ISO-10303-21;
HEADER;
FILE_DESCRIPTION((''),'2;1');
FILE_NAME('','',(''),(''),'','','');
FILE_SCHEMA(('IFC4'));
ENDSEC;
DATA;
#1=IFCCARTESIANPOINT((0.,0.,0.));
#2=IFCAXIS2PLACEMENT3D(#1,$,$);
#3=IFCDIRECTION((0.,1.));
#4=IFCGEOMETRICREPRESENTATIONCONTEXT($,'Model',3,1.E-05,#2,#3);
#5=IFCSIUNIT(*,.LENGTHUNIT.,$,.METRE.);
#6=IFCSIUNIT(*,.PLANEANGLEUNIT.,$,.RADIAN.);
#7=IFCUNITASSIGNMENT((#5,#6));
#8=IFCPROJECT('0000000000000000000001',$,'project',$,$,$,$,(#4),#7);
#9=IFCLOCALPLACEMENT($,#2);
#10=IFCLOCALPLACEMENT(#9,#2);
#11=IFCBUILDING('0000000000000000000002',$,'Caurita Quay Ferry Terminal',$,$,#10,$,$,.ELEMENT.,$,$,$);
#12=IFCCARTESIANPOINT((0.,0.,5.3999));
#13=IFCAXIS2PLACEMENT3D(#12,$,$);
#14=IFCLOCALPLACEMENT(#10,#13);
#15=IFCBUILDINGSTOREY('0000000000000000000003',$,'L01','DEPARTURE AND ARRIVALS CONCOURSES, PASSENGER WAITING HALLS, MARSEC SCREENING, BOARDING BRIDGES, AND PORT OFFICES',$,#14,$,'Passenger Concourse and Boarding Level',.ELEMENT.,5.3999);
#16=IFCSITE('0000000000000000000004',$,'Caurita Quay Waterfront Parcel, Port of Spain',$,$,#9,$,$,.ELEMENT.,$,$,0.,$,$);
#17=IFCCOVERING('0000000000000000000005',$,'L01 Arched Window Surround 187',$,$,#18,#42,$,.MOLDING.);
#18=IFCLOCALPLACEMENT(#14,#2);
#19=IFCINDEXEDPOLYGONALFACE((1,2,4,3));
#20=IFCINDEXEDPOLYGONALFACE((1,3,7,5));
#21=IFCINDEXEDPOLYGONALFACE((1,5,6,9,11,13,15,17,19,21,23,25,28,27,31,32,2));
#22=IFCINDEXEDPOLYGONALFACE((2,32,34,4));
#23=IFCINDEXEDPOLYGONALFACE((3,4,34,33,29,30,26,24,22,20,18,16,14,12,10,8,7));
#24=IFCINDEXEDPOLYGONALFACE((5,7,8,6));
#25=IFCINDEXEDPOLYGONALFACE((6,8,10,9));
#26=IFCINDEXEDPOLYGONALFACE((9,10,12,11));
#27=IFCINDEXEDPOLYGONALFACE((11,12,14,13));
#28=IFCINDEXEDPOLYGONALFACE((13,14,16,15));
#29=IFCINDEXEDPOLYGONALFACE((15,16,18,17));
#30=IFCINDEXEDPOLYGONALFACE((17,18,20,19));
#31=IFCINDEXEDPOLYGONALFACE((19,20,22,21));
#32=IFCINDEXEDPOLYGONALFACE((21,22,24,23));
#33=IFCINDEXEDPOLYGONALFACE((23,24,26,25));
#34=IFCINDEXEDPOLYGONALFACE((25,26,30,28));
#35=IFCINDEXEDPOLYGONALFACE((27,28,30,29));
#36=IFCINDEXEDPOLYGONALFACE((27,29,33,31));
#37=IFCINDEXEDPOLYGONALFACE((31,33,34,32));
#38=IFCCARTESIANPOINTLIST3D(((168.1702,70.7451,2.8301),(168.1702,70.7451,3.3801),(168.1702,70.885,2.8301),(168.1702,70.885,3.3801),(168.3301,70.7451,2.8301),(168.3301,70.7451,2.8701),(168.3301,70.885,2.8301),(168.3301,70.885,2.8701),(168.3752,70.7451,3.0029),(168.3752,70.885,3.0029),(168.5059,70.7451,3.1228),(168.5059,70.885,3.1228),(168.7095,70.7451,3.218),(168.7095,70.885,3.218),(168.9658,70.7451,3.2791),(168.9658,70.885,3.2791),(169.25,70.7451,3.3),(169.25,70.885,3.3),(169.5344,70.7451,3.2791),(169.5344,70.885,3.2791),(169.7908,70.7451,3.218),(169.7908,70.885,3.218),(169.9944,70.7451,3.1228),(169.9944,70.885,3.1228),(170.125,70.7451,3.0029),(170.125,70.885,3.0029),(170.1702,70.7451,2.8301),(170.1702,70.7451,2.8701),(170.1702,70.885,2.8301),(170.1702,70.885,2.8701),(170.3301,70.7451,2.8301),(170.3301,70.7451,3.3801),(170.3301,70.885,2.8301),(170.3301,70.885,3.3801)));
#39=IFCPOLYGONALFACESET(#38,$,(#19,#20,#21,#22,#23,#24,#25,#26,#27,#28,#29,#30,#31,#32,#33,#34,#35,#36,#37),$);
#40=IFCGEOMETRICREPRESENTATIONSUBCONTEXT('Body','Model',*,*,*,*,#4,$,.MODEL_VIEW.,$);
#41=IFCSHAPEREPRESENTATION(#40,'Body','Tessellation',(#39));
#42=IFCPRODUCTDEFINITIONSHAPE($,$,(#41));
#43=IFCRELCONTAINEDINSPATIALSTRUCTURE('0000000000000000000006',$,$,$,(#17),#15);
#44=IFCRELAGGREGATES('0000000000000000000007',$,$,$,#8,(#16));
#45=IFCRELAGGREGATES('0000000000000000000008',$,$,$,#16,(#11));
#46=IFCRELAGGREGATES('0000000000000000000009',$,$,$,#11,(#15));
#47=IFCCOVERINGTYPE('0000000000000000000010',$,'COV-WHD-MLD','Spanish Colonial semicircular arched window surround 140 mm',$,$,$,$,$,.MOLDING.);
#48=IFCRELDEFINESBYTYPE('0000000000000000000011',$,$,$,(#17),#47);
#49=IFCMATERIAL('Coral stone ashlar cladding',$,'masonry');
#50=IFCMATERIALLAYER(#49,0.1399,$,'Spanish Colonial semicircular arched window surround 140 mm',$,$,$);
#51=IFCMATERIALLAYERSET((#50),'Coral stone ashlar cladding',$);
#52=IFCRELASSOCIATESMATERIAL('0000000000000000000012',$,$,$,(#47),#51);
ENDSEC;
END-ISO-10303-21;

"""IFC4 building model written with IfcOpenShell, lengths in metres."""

from ifc_helpers import new_model, si_unit, direction, frame, origin, place, context, subcontext, project, spatial, polyline, outline, extrude, material, layer, layer_set, type_object, element, save


model = new_model("IFC4")

# Units and contexts
model_context = context("Model", 3, precision=1e-05, world=origin(), true_north=direction((0.0, 1.0)))
body_context = subcontext(model_context, "Body", "Model", "MODEL_VIEW")
ifc_project = project(units=[si_unit("LENGTHUNIT", "METRE"), si_unit("PLANEANGLEUNIT", "RADIAN")], contexts=[model_context])

# Site, building, storey
site_placement = place(None, origin())
site = spatial("IfcSite", under=ifc_project, at=site_placement, Name="Caurita Quay Waterfront Parcel, Port of Spain", CompositionType="ELEMENT", RefElevation=0.0)
building_placement = place(site_placement, origin())
building = spatial("IfcBuilding", under=site, at=building_placement, Name="Caurita Quay Ferry Terminal", CompositionType="ELEMENT")
storey_placement = place(building_placement, frame((0.0, 0.0, 5.3999)))
storey = spatial("IfcBuildingStorey", under=building, at=storey_placement, Name="L01", Description="DEPARTURE AND ARRIVALS CONCOURSES, PASSENGER WAITING HALLS, MARSEC SCREENING, BOARDING BRIDGES, AND PORT OFFICES", LongName="Passenger Concourse and Boarding Level", CompositionType="ELEMENT", Elevation=5.3999)

# Covering
ifc_material_1 = material(Name="Coral stone ashlar cladding", Category="masonry")
ifc_layer_1 = layer(ifc_material_1, 0.1399, Name="Spanish Colonial semicircular arched window surround 140 mm")
ifc_layer_set_1 = layer_set([ifc_layer_1], Name="Coral stone ashlar cladding")
covering_type_1 = type_object("IfcCoveringType", Name="COV-WHD-MLD", Description="Spanish Colonial semicircular arched window surround 140 mm", PredefinedType="MOLDING", material=ifc_layer_set_1)
covering_1_placement = place(storey_placement, frame((170.3301, 70.8149, 2.8301), z_axis=(0.0, 0.0, 1.0), x_axis=(-1.0, 0.0, 0.0)))
element("IfcCovering", 1, at=covering_1_placement, inside=storey, type_object=covering_type_1, Name="L01 Arched Window Surround 187", PredefinedType="MOLDING", context=body_context, shape_type="SweptSolid", body=[
    extrude(outline(polyline([(0.0, 0.0), (0.1599, 0.0), (0.1599, 0.04), (0.2051, 0.1729), (0.3357, 0.2927), (0.5393, 0.3879), (0.7957, 0.449), (1.0801, 0.47), (1.3643, 0.449), (1.6206, 0.3879), (1.8242, 0.2927), (1.9548, 0.1729), (2.0, 0.04), (2.0, 0.0), (2.1599, 0.0), (2.1599, 0.55), (0.0, 0.55), (0.0, 0.0)])), frame((0.0, 0.0698, 0.0), z_axis=(0.0, -1.0, 0.0), x_axis=(1.0, 0.0, 0.0)), (0.0, 0.0, 1.0), 0.1399),
])

save(model, "model.ifc")
